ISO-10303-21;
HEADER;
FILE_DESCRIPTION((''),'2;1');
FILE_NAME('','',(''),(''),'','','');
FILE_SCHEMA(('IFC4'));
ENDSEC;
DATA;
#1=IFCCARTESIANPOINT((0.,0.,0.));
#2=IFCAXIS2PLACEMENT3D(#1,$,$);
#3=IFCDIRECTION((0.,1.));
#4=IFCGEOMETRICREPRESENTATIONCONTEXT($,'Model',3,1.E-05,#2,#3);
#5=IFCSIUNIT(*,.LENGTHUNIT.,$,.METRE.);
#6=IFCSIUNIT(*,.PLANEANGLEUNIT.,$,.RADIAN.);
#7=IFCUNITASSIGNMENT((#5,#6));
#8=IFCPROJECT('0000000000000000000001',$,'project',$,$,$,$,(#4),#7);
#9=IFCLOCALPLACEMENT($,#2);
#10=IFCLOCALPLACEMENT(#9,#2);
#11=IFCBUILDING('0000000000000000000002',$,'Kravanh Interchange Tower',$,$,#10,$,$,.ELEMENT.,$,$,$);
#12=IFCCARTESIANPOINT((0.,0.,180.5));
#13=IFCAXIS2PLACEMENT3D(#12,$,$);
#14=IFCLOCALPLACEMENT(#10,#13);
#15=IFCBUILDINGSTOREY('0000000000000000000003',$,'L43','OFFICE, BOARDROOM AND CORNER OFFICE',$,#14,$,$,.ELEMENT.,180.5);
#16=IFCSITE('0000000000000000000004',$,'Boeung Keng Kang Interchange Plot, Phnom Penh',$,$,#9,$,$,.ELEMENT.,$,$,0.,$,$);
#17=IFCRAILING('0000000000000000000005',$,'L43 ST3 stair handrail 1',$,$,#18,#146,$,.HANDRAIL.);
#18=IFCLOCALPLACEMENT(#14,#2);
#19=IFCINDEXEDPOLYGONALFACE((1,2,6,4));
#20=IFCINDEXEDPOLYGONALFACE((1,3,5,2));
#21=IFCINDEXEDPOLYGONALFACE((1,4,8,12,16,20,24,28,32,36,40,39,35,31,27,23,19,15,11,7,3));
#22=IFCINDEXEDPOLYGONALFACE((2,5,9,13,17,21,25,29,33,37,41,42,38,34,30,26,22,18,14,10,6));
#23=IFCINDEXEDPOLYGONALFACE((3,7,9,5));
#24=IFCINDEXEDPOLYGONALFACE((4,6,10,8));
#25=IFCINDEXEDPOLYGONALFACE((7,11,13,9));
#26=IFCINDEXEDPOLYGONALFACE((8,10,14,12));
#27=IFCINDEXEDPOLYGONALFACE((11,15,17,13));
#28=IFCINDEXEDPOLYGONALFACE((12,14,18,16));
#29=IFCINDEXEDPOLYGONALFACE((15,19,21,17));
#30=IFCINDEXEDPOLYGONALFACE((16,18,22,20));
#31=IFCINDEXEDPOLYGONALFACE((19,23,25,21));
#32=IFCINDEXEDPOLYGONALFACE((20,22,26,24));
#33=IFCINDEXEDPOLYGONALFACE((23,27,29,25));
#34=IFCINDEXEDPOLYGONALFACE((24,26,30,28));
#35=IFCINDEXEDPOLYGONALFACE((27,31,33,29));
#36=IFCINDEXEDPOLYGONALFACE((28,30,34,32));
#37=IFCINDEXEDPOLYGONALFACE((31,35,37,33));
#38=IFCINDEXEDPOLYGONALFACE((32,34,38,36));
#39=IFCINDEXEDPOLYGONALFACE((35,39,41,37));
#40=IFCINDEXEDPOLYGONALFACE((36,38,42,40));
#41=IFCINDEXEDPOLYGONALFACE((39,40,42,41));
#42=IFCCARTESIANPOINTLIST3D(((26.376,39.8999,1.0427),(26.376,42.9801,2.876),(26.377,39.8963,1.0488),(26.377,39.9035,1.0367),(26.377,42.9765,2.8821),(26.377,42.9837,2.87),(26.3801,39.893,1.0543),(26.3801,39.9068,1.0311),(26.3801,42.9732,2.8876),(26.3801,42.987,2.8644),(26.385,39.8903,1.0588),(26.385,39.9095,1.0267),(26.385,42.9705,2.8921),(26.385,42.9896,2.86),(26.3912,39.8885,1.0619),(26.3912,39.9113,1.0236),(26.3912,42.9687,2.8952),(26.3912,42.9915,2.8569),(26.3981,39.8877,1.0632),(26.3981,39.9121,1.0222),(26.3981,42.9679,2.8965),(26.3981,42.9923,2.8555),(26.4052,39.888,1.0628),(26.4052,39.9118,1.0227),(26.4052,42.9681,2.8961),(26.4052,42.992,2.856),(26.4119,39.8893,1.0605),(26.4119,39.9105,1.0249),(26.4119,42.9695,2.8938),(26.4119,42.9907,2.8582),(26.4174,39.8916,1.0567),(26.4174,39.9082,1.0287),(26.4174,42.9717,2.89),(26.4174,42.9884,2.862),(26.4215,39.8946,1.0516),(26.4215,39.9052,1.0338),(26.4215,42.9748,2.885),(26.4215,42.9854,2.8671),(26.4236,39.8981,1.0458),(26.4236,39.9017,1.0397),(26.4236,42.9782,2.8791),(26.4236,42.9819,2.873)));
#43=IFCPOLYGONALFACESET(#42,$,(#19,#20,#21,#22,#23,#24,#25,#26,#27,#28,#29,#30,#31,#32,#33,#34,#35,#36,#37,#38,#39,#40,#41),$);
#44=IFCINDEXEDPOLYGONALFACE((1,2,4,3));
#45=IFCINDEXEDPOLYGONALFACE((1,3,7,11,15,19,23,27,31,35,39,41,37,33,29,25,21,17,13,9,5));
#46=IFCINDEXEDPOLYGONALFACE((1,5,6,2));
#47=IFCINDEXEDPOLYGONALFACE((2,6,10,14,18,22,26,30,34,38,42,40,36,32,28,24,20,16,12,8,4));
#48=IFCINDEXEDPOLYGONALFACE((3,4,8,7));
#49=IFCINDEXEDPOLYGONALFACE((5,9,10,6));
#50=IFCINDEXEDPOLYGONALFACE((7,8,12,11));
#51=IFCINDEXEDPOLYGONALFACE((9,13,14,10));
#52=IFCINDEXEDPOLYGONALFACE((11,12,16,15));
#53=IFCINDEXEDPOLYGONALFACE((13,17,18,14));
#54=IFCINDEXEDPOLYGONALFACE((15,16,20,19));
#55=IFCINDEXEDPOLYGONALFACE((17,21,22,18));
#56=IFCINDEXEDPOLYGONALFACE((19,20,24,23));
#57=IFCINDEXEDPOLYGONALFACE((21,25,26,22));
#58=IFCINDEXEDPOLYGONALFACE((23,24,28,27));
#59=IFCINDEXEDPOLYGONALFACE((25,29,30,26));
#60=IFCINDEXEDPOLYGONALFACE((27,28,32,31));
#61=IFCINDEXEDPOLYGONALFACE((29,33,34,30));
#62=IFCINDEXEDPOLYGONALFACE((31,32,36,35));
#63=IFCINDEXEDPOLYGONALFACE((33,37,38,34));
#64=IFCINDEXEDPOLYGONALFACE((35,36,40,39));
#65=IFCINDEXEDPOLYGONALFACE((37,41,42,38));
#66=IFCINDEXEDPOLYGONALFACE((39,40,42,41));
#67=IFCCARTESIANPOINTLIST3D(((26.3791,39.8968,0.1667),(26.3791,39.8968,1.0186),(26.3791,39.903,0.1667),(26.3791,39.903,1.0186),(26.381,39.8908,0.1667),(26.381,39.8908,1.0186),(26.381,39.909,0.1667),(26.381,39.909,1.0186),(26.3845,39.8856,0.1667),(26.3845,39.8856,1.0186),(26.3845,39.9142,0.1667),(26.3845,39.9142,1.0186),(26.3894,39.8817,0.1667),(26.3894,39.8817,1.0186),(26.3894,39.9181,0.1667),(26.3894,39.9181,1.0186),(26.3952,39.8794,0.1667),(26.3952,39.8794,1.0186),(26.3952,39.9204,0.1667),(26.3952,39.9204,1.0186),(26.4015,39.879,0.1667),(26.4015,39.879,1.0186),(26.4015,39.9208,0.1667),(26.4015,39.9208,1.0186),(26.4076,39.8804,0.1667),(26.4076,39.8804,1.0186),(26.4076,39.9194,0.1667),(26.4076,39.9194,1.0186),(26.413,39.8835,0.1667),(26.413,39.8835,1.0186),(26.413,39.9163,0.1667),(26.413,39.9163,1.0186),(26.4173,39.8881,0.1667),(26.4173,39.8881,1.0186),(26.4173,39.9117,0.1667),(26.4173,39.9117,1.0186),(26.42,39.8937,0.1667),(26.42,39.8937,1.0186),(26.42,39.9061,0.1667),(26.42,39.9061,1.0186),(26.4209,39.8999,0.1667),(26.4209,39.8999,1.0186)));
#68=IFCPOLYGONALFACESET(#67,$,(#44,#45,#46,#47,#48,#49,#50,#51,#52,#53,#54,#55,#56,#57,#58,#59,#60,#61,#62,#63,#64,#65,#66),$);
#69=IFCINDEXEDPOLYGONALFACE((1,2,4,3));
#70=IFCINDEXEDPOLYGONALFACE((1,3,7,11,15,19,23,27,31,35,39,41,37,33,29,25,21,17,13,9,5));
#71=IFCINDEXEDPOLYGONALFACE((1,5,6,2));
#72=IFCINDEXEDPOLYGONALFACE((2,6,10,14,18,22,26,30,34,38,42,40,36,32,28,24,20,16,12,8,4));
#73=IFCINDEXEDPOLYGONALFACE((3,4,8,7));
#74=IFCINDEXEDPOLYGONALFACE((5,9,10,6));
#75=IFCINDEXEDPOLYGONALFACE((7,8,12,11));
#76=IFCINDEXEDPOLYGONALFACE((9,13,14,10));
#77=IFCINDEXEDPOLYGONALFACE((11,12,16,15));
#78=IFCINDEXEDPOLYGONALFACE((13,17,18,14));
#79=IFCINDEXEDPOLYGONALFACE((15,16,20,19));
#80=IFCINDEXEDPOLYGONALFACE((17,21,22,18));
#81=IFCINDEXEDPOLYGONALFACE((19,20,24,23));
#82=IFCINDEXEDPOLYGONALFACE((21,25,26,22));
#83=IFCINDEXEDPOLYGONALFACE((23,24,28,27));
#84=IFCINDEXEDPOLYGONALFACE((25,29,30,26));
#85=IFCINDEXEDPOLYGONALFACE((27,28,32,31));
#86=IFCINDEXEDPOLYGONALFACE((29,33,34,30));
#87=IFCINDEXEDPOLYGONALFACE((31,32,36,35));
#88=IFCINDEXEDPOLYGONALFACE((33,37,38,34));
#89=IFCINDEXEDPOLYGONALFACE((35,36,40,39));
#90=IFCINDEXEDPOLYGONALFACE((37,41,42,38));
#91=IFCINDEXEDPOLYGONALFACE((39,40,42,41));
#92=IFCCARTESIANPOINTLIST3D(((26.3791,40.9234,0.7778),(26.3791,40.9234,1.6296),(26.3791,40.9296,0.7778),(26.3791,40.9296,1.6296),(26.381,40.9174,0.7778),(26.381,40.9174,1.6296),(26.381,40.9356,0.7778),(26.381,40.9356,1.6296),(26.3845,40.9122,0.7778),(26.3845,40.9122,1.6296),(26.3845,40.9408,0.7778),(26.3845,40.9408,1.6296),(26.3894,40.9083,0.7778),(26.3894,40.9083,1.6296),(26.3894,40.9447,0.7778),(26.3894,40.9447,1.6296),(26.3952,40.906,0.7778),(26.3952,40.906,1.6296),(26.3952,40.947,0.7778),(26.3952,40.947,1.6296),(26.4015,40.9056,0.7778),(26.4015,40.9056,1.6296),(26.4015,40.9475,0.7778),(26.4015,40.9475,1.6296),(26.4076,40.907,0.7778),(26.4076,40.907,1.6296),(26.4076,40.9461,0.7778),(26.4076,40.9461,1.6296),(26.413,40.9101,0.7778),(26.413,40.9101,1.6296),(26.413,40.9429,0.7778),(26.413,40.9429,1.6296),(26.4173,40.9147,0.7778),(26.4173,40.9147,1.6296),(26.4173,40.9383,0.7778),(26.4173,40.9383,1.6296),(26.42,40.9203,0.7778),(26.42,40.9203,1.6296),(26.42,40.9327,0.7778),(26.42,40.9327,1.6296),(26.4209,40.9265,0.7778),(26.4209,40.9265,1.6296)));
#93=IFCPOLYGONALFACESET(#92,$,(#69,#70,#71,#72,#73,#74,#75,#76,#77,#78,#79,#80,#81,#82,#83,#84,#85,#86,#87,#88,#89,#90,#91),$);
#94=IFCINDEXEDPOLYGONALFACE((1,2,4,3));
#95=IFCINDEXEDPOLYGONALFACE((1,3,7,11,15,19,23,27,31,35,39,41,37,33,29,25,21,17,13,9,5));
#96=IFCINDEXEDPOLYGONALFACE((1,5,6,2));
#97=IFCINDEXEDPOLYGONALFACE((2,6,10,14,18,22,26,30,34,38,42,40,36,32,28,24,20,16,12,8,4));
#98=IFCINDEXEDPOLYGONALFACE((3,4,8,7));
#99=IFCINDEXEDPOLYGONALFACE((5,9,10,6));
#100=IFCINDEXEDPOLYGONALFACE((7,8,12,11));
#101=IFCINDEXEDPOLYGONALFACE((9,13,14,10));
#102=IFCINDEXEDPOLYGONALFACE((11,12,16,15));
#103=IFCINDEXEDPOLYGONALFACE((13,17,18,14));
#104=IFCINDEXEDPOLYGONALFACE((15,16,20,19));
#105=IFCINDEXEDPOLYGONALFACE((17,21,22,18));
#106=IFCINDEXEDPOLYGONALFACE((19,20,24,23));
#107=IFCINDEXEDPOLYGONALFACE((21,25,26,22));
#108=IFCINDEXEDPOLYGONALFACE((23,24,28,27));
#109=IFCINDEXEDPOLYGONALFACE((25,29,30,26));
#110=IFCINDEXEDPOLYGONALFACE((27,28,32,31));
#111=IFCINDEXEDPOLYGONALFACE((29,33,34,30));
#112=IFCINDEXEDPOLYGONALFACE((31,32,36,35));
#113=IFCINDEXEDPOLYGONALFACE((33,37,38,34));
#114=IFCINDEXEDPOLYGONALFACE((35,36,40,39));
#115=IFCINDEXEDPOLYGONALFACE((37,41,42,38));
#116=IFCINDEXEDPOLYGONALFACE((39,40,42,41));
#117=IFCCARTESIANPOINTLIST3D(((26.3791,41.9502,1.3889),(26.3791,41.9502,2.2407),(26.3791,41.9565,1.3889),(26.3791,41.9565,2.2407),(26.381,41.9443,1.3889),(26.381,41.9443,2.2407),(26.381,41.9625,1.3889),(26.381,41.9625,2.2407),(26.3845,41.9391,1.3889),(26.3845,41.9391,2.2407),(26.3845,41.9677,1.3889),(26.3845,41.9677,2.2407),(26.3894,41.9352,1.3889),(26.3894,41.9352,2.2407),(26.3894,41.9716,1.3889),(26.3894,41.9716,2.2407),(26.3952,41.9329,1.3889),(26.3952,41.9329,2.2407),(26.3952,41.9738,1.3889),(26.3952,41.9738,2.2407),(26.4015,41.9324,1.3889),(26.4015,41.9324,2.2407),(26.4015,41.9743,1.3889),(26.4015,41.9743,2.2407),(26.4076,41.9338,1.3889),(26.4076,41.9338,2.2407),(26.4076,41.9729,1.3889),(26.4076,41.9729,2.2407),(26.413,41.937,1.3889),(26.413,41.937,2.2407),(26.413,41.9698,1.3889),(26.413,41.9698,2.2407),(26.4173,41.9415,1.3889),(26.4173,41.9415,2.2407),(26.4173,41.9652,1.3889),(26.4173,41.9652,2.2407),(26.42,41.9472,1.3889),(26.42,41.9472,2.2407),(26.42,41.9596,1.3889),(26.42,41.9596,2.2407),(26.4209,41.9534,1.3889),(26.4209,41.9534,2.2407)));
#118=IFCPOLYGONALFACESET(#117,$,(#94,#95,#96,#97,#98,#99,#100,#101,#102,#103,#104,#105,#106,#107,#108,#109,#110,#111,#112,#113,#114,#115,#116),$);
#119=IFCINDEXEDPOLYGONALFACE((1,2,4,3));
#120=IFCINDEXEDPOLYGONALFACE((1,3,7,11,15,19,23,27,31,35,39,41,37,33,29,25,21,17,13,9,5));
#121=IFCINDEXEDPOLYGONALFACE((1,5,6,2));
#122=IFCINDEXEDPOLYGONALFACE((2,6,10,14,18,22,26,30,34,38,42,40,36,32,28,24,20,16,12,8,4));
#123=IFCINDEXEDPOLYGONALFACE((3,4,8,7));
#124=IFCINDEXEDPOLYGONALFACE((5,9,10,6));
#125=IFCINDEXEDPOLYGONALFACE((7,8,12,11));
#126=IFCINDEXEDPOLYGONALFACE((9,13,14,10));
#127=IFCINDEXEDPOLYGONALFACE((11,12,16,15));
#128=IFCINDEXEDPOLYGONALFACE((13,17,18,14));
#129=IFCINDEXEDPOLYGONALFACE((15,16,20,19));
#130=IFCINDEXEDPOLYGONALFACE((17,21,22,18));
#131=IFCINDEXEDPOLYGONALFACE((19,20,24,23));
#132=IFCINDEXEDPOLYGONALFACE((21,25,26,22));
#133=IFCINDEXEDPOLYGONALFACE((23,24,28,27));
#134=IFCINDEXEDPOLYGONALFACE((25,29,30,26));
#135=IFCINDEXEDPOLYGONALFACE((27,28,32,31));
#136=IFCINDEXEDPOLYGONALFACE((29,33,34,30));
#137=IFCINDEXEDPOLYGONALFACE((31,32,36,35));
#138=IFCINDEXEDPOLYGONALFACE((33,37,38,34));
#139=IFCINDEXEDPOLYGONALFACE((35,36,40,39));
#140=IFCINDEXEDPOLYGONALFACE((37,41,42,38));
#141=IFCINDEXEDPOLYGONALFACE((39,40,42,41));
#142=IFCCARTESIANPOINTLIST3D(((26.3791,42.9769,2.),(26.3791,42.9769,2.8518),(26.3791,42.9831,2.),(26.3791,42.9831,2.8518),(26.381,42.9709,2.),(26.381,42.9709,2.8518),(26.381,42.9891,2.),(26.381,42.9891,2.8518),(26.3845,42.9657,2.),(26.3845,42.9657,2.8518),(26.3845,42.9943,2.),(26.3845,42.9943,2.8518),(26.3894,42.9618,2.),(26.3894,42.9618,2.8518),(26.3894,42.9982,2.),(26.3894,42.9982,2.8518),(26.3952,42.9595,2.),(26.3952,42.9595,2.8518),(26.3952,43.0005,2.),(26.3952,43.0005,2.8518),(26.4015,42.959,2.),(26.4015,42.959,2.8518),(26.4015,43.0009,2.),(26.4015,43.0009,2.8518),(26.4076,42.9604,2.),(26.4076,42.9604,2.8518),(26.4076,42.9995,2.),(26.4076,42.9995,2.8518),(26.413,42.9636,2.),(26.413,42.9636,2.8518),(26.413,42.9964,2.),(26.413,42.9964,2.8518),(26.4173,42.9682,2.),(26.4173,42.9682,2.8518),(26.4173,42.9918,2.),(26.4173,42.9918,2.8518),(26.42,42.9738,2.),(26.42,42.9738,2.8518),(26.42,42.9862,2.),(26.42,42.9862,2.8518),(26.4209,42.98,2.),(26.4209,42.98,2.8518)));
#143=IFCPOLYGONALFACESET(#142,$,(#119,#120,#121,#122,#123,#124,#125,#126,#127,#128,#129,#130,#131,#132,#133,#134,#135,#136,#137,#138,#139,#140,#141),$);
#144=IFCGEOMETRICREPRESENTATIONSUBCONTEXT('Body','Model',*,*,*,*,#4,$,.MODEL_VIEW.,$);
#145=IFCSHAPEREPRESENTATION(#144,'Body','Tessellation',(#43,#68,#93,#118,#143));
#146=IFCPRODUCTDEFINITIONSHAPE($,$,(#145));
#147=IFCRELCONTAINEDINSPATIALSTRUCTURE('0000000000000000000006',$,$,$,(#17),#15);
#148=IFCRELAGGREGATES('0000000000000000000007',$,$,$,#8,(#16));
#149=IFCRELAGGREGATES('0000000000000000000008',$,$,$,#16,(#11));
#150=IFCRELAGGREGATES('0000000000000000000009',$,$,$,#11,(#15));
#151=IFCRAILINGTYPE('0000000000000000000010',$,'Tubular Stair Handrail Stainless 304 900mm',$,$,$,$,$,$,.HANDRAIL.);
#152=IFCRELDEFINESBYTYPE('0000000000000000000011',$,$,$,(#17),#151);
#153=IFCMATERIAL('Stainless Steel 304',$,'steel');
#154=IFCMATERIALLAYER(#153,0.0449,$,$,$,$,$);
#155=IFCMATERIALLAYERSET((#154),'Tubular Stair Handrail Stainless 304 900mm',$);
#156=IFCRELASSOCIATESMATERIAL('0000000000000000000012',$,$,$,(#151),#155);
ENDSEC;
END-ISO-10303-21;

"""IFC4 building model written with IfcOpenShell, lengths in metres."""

from ifc_helpers import new_model, si_unit, direction, frame, origin, origin_2d, place, context, subcontext, project, spatial, circle, extrude, material, layer, layer_set, type_object, element, save


model = new_model("IFC4")

# Units and contexts
model_context = context("Model", 3, precision=1e-05, world=origin(), true_north=direction((0.0, 1.0)))
body_context = subcontext(model_context, "Body", "Model", "MODEL_VIEW")
ifc_project = project(units=[si_unit("LENGTHUNIT", "METRE"), si_unit("PLANEANGLEUNIT", "RADIAN")], contexts=[model_context])

# Site, building, storey
site_placement = place(None, origin())
site = spatial("IfcSite", under=ifc_project, at=site_placement, Name="Boeung Keng Kang Interchange Plot, Phnom Penh", CompositionType="ELEMENT", RefElevation=0.0)
building_placement = place(site_placement, origin())
building = spatial("IfcBuilding", under=site, at=building_placement, Name="Kravanh Interchange Tower", CompositionType="ELEMENT")
storey_placement = place(building_placement, frame((0.0, 0.0, 180.5)))
storey = spatial("IfcBuildingStorey", under=building, at=storey_placement, Name="L43", Description="OFFICE, BOARDROOM AND CORNER OFFICE", CompositionType="ELEMENT", Elevation=180.5)

# Railing
ifc_material_1 = material(Name="Stainless Steel 304", Category="steel")
ifc_layer_1 = layer(ifc_material_1, 0.0449)
ifc_layer_set_1 = layer_set([ifc_layer_1], Name="Tubular Stair Handrail Stainless 304 900mm")
railing_type_1 = type_object("IfcRailingType", Name="Tubular Stair Handrail Stainless 304 900mm", PredefinedType="HANDRAIL", material=ifc_layer_set_1)
railing_1_placement = place(storey_placement, frame((26.3999, 39.8999, 0.1667)))
element("IfcRailing", 1, at=railing_1_placement, inside=storey, type_object=railing_type_1, Name="L43 ST3 stair handrail 1", PredefinedType="HANDRAIL", context=body_context, shape_type="SweptSolid", body=[
    extrude(circle(Radius=0.0239, at=origin_2d()), frame((0.0, 0.0, 0.876), z_axis=(0.0, 0.859309, 0.511458), x_axis=(-1.0, 0.0, 0.0)), (0.0, 0.0, 1.0), 3.5845),
    extrude(circle(Radius=0.021, at=origin_2d()), origin(), (0.0, 0.0, 1.0), 0.8518),
    extrude(circle(Radius=0.021, at=origin_2d()), frame((0.0, 1.0266, 0.6111)), (0.0, 0.0, 1.0), 0.8518),
    extrude(circle(Radius=0.021, at=origin_2d()), frame((0.0, 2.0535, 1.2222)), (0.0, 0.0, 1.0), 0.8518),
    extrude(circle(Radius=0.021, at=origin_2d()), frame((0.0, 3.0801, 1.8333)), (0.0, 0.0, 1.0), 0.8518),
])

save(model, "model.ifc")
